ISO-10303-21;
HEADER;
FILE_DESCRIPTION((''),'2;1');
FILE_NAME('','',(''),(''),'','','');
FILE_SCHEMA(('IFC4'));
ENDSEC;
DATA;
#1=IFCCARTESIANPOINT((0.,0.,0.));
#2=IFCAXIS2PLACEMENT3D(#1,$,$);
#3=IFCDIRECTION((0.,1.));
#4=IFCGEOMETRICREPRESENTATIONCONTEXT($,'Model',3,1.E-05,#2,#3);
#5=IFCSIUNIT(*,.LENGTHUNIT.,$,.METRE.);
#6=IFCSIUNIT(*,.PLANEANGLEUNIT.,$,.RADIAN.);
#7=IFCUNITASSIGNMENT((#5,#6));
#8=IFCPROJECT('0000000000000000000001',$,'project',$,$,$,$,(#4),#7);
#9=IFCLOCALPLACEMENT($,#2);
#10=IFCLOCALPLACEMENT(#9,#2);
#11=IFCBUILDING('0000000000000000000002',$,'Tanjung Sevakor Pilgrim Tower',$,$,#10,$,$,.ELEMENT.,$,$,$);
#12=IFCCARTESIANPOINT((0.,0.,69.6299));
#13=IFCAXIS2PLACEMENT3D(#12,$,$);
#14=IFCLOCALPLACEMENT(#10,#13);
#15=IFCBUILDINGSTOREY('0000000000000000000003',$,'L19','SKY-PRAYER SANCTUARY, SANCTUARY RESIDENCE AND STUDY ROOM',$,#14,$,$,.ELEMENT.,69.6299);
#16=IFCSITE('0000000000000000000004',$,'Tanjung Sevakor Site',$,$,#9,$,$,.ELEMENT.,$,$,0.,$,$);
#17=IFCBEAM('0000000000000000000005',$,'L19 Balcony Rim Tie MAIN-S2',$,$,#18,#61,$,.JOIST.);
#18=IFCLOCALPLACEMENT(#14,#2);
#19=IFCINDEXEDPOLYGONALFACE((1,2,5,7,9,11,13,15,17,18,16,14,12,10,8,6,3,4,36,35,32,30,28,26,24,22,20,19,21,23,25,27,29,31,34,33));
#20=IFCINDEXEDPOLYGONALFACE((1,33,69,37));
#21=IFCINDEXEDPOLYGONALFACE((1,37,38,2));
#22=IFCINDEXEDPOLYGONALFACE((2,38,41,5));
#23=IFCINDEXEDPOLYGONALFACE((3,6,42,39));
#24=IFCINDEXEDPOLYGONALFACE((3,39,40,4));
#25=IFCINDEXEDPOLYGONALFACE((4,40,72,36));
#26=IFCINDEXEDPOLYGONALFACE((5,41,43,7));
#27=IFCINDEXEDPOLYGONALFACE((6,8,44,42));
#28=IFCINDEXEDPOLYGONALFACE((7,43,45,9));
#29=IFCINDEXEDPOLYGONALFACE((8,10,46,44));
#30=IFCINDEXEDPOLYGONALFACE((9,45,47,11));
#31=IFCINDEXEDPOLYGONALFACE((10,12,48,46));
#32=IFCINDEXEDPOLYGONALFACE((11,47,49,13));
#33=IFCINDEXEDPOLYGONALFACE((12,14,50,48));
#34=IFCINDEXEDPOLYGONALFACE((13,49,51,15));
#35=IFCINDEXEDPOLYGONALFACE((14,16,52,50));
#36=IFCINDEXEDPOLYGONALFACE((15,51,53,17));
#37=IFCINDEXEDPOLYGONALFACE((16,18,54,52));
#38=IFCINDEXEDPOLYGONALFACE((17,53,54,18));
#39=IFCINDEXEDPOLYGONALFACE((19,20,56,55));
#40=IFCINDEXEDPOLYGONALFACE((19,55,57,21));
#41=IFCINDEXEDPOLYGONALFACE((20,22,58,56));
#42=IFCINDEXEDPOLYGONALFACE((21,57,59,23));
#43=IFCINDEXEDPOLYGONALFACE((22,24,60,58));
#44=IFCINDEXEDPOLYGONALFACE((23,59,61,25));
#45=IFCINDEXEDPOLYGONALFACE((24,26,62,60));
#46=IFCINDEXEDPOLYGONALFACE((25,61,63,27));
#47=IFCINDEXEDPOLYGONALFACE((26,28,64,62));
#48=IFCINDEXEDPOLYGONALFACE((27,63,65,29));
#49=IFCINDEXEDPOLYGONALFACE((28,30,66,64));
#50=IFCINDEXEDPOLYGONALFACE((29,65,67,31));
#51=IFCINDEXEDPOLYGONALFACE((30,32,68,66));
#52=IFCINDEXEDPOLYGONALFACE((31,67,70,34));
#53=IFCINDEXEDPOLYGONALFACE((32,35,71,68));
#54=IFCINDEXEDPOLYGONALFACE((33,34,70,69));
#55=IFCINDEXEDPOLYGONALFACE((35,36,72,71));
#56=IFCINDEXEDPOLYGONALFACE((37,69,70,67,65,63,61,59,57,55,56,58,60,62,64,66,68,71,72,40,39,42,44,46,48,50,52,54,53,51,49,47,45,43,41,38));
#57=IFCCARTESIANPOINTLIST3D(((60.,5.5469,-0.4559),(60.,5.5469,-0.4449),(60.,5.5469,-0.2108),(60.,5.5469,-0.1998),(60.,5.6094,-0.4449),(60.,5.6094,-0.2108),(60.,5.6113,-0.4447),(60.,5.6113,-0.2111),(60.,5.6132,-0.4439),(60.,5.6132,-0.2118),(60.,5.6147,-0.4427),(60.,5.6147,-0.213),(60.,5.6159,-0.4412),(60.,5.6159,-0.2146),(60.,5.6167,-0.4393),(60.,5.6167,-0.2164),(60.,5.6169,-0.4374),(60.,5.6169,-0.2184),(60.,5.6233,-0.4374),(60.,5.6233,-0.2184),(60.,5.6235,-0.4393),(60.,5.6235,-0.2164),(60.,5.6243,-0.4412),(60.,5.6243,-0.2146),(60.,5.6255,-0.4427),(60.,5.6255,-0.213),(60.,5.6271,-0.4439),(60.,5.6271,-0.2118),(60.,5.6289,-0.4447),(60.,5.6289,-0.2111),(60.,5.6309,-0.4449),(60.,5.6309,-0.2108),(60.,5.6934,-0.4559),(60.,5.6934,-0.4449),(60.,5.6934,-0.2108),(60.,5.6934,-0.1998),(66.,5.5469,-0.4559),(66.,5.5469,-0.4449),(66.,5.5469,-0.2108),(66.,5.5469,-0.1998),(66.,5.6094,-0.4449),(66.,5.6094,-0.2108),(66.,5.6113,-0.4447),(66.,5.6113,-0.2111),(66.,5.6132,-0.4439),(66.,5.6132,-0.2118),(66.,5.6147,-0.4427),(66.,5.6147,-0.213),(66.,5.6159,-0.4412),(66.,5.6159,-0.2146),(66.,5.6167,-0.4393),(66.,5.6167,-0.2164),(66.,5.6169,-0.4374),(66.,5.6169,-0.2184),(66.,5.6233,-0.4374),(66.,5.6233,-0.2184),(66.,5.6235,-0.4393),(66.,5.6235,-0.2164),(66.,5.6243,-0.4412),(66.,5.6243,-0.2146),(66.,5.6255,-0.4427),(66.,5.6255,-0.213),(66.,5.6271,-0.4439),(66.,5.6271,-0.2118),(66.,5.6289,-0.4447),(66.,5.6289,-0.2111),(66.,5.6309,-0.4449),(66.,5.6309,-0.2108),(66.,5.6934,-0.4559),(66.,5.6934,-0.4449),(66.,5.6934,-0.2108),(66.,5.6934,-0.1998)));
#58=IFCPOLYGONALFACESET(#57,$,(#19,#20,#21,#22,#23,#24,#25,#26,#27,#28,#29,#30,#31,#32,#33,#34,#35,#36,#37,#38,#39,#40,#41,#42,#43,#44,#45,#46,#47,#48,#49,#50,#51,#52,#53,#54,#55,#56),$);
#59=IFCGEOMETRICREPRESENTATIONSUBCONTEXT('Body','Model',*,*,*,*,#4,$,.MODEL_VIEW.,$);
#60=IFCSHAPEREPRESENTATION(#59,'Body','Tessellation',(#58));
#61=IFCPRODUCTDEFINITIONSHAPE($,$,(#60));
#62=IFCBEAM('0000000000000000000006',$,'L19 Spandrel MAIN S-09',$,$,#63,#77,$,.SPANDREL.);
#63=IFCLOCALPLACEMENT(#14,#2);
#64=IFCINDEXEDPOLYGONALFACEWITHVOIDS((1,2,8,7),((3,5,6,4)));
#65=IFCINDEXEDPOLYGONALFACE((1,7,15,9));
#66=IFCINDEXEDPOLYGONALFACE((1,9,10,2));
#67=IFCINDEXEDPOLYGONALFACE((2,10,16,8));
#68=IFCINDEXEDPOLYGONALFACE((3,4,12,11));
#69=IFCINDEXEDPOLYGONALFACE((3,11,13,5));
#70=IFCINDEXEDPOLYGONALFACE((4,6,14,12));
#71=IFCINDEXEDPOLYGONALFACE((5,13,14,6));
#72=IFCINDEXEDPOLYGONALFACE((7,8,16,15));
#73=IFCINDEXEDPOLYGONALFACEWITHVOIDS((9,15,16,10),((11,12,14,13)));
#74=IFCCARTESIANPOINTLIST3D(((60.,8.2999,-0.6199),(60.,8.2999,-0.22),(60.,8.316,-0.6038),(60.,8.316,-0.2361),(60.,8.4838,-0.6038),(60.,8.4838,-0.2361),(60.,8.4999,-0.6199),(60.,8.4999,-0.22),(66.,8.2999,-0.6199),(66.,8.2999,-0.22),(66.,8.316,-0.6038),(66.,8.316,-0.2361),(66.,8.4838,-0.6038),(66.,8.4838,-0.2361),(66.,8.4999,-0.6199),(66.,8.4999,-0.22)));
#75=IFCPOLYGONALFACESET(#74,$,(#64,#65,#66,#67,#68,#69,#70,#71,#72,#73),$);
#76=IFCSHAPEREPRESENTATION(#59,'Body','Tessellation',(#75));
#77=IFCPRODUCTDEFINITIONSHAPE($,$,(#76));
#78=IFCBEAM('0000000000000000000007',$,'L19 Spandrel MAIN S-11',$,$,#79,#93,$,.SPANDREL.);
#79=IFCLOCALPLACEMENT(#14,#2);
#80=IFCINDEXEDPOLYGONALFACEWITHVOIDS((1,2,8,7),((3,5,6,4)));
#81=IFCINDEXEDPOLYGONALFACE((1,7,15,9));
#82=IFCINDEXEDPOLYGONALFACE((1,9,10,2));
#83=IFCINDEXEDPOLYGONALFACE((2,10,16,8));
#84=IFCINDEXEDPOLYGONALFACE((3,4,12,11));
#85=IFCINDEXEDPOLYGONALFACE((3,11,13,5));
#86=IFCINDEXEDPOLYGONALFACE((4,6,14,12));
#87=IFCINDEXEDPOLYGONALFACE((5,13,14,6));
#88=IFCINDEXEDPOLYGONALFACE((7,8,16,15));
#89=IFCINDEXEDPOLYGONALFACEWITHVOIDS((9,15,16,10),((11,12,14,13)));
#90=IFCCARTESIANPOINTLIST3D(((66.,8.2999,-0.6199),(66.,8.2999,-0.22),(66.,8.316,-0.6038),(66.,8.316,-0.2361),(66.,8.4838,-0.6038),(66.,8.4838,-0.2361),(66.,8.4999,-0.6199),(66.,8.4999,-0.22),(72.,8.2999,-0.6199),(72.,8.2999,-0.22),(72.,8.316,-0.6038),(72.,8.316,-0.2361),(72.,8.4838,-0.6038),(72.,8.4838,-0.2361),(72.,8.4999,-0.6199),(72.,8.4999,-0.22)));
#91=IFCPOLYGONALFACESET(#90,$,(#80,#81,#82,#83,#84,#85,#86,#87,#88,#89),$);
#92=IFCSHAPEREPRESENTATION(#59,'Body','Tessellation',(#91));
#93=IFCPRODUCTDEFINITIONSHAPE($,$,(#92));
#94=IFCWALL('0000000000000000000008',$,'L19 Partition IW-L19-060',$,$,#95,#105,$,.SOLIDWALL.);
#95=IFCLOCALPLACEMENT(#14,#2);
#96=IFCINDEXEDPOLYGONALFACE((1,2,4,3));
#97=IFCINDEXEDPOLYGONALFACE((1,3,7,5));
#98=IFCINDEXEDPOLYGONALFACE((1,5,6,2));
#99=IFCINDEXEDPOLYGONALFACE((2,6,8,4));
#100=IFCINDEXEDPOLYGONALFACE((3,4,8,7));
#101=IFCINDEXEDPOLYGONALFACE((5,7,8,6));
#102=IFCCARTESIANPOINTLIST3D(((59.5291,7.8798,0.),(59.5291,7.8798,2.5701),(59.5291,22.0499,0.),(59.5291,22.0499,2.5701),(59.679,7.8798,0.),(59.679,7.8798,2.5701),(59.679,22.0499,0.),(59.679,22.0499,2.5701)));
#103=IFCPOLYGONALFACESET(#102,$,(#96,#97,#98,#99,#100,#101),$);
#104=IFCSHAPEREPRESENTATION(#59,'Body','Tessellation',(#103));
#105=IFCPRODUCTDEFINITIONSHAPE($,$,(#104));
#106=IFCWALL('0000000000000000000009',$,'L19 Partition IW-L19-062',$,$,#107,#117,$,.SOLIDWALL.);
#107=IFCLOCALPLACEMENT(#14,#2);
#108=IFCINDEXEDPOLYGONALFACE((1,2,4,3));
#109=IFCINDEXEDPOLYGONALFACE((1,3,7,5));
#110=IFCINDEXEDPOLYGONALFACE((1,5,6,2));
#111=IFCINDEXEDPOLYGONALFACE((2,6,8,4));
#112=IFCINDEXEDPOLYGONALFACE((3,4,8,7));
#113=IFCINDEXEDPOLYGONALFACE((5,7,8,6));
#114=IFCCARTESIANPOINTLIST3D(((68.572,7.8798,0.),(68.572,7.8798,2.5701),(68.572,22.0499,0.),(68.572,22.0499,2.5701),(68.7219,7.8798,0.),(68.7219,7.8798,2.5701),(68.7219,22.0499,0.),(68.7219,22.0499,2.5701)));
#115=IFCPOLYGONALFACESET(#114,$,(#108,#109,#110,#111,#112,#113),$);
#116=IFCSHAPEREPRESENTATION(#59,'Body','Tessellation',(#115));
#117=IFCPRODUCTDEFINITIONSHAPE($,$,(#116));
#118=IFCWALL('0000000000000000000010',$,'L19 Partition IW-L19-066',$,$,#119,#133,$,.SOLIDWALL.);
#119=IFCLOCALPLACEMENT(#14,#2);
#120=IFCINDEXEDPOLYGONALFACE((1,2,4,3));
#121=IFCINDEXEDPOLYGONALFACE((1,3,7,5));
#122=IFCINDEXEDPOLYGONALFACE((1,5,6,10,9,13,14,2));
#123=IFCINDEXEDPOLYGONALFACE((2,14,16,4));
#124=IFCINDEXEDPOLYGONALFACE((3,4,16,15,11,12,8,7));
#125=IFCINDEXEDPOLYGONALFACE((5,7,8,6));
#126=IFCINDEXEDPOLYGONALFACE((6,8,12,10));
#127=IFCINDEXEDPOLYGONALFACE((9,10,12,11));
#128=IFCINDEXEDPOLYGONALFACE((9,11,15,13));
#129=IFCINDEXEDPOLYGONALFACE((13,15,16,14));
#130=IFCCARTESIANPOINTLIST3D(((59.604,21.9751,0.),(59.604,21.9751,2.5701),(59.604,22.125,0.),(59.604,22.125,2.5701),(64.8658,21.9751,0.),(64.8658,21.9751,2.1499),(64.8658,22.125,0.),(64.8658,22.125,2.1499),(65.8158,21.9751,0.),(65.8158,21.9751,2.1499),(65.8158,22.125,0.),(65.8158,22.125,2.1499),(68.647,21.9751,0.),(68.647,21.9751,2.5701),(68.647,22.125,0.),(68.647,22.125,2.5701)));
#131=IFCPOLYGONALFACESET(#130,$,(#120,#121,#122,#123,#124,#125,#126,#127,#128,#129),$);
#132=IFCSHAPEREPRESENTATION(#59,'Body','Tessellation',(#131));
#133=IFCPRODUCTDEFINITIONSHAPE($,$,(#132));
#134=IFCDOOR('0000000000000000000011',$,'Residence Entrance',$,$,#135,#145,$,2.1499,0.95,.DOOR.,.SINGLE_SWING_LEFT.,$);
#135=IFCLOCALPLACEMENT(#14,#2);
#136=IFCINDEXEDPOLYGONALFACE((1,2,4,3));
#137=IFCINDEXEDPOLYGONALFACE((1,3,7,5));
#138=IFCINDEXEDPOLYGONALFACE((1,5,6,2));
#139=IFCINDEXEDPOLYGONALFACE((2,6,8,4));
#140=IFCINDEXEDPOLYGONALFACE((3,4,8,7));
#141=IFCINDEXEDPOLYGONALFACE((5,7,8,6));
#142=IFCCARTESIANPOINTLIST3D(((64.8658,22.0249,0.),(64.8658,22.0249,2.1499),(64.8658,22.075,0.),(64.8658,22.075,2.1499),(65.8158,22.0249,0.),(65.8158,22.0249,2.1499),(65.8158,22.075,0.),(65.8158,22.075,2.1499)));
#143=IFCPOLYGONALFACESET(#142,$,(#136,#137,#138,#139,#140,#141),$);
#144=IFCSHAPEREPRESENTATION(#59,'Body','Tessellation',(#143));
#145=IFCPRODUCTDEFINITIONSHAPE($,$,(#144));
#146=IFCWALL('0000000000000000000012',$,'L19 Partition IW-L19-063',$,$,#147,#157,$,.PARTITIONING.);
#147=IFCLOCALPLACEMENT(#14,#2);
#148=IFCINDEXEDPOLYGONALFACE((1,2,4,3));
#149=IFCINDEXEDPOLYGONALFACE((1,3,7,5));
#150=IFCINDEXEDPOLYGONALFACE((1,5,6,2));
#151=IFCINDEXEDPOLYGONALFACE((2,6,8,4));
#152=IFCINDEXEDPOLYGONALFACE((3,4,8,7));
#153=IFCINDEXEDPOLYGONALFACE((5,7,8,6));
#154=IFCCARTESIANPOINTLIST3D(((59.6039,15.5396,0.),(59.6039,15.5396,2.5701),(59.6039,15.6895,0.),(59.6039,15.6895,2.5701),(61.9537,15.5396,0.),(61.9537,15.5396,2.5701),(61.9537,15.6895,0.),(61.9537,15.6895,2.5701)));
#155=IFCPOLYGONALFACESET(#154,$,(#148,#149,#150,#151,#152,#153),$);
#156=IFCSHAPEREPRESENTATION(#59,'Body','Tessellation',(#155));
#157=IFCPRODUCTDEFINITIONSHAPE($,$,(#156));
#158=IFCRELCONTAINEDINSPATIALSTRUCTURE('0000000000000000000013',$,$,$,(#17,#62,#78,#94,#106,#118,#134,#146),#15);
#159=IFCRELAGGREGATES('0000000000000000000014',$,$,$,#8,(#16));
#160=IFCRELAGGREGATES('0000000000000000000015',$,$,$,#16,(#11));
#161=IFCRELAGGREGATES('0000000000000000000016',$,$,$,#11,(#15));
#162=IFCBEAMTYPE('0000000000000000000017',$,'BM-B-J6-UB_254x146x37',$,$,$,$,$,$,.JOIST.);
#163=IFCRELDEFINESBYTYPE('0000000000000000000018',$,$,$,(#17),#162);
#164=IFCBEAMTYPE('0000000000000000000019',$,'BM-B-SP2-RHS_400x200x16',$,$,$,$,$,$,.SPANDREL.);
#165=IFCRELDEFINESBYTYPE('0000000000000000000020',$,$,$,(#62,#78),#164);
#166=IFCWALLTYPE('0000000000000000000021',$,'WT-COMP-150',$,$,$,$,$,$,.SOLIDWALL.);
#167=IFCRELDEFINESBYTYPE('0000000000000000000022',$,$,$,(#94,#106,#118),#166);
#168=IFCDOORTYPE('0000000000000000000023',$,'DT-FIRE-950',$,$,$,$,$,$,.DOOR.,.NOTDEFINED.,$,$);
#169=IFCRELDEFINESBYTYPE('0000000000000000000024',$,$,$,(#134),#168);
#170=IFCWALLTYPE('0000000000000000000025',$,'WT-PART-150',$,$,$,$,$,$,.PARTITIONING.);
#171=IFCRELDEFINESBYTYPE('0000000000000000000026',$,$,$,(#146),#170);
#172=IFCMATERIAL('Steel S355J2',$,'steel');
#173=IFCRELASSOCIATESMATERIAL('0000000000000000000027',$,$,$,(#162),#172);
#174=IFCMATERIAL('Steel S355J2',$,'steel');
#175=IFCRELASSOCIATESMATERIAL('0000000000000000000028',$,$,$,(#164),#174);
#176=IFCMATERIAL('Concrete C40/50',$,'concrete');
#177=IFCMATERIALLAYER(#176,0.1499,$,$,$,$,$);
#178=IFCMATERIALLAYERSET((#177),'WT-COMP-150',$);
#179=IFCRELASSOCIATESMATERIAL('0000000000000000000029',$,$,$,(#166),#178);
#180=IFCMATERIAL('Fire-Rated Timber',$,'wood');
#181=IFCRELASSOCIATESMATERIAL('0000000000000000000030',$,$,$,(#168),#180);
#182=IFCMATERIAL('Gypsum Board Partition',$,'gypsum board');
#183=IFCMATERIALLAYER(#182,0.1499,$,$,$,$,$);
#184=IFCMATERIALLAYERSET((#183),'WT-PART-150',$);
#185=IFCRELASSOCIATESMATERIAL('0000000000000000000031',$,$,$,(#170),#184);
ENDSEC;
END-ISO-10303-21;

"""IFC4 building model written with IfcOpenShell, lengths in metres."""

from ifc_helpers import new_model, si_unit, direction, frame, frame_2d, origin, origin_2d, place, context, subcontext, project, spatial, rectangle, hollow_rectangle, i_section, extrude, material, layer, layer_set, material_profile, profile_set, type_object, element, fill, save


model = new_model("IFC4")

# Units and contexts
model_context = context("Model", 3, precision=1e-05, world=origin(), true_north=direction((0.0, 1.0)))
body_context = subcontext(model_context, "Body", "Model", "MODEL_VIEW")
ifc_project = project(units=[si_unit("LENGTHUNIT", "METRE"), si_unit("PLANEANGLEUNIT", "RADIAN")], contexts=[model_context])

# Site, building, storey
site_placement = place(None, origin())
site = spatial("IfcSite", under=ifc_project, at=site_placement, Name="Tanjung Sevakor Site", CompositionType="ELEMENT", RefElevation=0.0)
building_placement = place(site_placement, origin())
building = spatial("IfcBuilding", under=site, at=building_placement, Name="Tanjung Sevakor Pilgrim Tower", CompositionType="ELEMENT")
storey_placement = place(building_placement, frame((0.0, 0.0, 69.6299)))
storey = spatial("IfcBuildingStorey", under=building, at=storey_placement, Name="L19", Description="SKY-PRAYER SANCTUARY, SANCTUARY RESIDENCE AND STUDY ROOM", CompositionType="ELEMENT", Elevation=69.6299)

# Beams
ifc_material_1 = material(Name="Steel S355J2", Category="steel")
ifc_material_profile_1 = material_profile(ifc_material_1, i_section(OverallWidth=0.1465, OverallDepth=0.2561, WebThickness=0.0063, FlangeThickness=0.011, FilletRadius=0.0076, at=origin_2d()))
ifc_profile_set_1 = profile_set([ifc_material_profile_1], Name="Steel S355J2")
beam_type_1 = type_object("IfcBeamType", Name="BM-B-J6-UB_254x146x37", PredefinedType="JOIST", material=ifc_profile_set_1)
beam_1_placement = place(storey_placement, frame((60.0, 5.6201, -0.3279), z_axis=(1.0, 0.0, 0.0), x_axis=(0.0, 1.0, 0.0)))
element("IfcBeam", 1, at=beam_1_placement, inside=storey, type_object=beam_type_1, Name="L19 Balcony Rim Tie MAIN-S2", PredefinedType="JOIST", context=body_context, shape_type="SweptSolid", body=[
    extrude(i_section(OverallWidth=0.1465, OverallDepth=0.2561, WebThickness=0.0063, FlangeThickness=0.011, FilletRadius=0.0076, at=origin_2d()), origin(), (0.0, 0.0, 1.0), 6.0),
])
ifc_material_2 = material(Name="Steel S355J2", Category="steel")
ifc_material_profile_2 = material_profile(ifc_material_2, hollow_rectangle(XDim=0.2, YDim=0.3999, WallThickness=0.0161, at=origin_2d()))
ifc_profile_set_2 = profile_set([ifc_material_profile_2], Name="Steel S355J2")
beam_type_2 = type_object("IfcBeamType", Name="BM-B-SP2-RHS_400x200x16", PredefinedType="SPANDREL", material=ifc_profile_set_2)
for number, where, z_axis, x_axis, name in (
    (2, (60.0, 8.3999, -0.4199), (1.0, 0.0, 0.0), (0.0, 1.0, 0.0), "L19 Spandrel MAIN S-09"),
    (3, (66.0, 8.3999, -0.4199), (1.0, 0.0, 0.0), (0.0, 1.0, 0.0), "L19 Spandrel MAIN S-11"),
):
    element("IfcBeam", number, at=place(storey_placement, frame(where, z_axis=z_axis, x_axis=x_axis)), inside=storey, type_object=beam_type_2, Name=name, PredefinedType="SPANDREL", context=body_context, shape_type="SweptSolid", body=[
        extrude(hollow_rectangle(XDim=0.2, YDim=0.3999, WallThickness=0.0161, at=origin_2d()), origin(), (0.0, 0.0, 1.0), 6.0),
    ])

# Walls
ifc_material_3 = material(Name="Concrete C40/50", Category="concrete")
ifc_layer_1 = layer(ifc_material_3, 0.1499)
ifc_layer_set_1 = layer_set([ifc_layer_1], Name="WT-COMP-150")
wall_type_1 = type_object("IfcWallType", Name="WT-COMP-150", PredefinedType="SOLIDWALL", material=ifc_layer_set_1)
for number, where, z_axis, x_axis, name in (
    (4, (59.604, 7.8799, 0.0), (0.0, 0.0, 1.0), (0.0, 1.0, 0.0), "L19 Partition IW-L19-060"),
    (5, (68.647, 7.8799, 0.0), (0.0, 0.0, 1.0), (0.0, 1.0, 0.0), "L19 Partition IW-L19-062"),
):
    element("IfcWall", number, at=place(storey_placement, frame(where, z_axis=z_axis, x_axis=x_axis)), inside=storey, type_object=wall_type_1, Name=name, PredefinedType="SOLIDWALL", context=body_context, shape_type="SweptSolid", body=[
        extrude(rectangle(XDim=14.1702, YDim=0.1499, at=frame_2d((7.085, 0.0))), origin(), (0.0, 0.0, 1.0), 2.5701),
    ])

# Wall, opening, door
wall_1_placement = place(storey_placement, frame((59.604, 22.05, 0.0), z_axis=(0.0, 0.0, 1.0), x_axis=(1.0, 0.0, 0.0)))
wall_1 = element("IfcWall", 6, at=wall_1_placement, inside=storey, type_object=wall_type_1, Name="L19 Partition IW-L19-066", PredefinedType="SOLIDWALL", context=body_context, shape_type="SweptSolid", body=[
    extrude(rectangle(XDim=9.043, YDim=0.1499, at=frame_2d((4.5215, 0.0))), origin(), (0.0, 0.0, 1.0), 2.5701),
])
opening_1_placement = place(wall_1_placement, frame((5.2617, 0.0, 0.0)))
opening_1 = element("IfcOpeningElement", 7, at=opening_1_placement, cuts=wall_1, PredefinedType="OPENING", context=body_context, shape_type="SweptSolid", body=[
    extrude(rectangle(XDim=0.95, YDim=2.1499, at=frame_2d((0.4751, 1.075))), frame((0.0, 0.085, 0.0), z_axis=(0.0, -1.0, 0.0), x_axis=(1.0, 0.0, 0.0)), (0.0, 0.0, 1.0), 0.1699),
])
ifc_material_4 = material(Name="Fire-Rated Timber", Category="wood")
door_type_1 = type_object("IfcDoorType", Name="DT-FIRE-950", OperationType="NOTDEFINED", PredefinedType="DOOR", material=ifc_material_4)
door_1_placement = place(opening_1_placement, origin())
door_1 = element("IfcDoor", 8, at=door_1_placement, inside=storey, type_object=door_type_1, Name="Residence Entrance", OperationType="SINGLE_SWING_LEFT", OverallHeight=2.1499, OverallWidth=0.95, PredefinedType="DOOR", context=body_context, shape_type="SweptSolid", body=[
    extrude(rectangle(XDim=0.95, YDim=2.1499, at=frame_2d((0.4751, 1.075))), frame((0.0, 0.0249, 0.0), z_axis=(0.0, -1.0, 0.0), x_axis=(1.0, 0.0, 0.0)), (0.0, 0.0, 1.0), 0.05),
])
fill(opening_1, door_1)

# Wall
ifc_material_5 = material(Name="Gypsum Board Partition", Category="gypsum board")
ifc_layer_2 = layer(ifc_material_5, 0.1499)
ifc_layer_set_2 = layer_set([ifc_layer_2], Name="WT-PART-150")
wall_type_2 = type_object("IfcWallType", Name="WT-PART-150", PredefinedType="PARTITIONING", material=ifc_layer_set_2)
wall_2_placement = place(storey_placement, frame((59.604, 15.6145, 0.0), z_axis=(0.0, 0.0, 1.0), x_axis=(1.0, 0.0, 0.0)))
element("IfcWall", 9, at=wall_2_placement, inside=storey, type_object=wall_type_2, Name="L19 Partition IW-L19-063", PredefinedType="PARTITIONING", context=body_context, shape_type="SweptSolid", body=[
    extrude(rectangle(XDim=2.3499, YDim=0.1499, at=frame_2d((1.1748, 0.0))), origin(), (0.0, 0.0, 1.0), 2.5701),
])

save(model, "model.ifc")
